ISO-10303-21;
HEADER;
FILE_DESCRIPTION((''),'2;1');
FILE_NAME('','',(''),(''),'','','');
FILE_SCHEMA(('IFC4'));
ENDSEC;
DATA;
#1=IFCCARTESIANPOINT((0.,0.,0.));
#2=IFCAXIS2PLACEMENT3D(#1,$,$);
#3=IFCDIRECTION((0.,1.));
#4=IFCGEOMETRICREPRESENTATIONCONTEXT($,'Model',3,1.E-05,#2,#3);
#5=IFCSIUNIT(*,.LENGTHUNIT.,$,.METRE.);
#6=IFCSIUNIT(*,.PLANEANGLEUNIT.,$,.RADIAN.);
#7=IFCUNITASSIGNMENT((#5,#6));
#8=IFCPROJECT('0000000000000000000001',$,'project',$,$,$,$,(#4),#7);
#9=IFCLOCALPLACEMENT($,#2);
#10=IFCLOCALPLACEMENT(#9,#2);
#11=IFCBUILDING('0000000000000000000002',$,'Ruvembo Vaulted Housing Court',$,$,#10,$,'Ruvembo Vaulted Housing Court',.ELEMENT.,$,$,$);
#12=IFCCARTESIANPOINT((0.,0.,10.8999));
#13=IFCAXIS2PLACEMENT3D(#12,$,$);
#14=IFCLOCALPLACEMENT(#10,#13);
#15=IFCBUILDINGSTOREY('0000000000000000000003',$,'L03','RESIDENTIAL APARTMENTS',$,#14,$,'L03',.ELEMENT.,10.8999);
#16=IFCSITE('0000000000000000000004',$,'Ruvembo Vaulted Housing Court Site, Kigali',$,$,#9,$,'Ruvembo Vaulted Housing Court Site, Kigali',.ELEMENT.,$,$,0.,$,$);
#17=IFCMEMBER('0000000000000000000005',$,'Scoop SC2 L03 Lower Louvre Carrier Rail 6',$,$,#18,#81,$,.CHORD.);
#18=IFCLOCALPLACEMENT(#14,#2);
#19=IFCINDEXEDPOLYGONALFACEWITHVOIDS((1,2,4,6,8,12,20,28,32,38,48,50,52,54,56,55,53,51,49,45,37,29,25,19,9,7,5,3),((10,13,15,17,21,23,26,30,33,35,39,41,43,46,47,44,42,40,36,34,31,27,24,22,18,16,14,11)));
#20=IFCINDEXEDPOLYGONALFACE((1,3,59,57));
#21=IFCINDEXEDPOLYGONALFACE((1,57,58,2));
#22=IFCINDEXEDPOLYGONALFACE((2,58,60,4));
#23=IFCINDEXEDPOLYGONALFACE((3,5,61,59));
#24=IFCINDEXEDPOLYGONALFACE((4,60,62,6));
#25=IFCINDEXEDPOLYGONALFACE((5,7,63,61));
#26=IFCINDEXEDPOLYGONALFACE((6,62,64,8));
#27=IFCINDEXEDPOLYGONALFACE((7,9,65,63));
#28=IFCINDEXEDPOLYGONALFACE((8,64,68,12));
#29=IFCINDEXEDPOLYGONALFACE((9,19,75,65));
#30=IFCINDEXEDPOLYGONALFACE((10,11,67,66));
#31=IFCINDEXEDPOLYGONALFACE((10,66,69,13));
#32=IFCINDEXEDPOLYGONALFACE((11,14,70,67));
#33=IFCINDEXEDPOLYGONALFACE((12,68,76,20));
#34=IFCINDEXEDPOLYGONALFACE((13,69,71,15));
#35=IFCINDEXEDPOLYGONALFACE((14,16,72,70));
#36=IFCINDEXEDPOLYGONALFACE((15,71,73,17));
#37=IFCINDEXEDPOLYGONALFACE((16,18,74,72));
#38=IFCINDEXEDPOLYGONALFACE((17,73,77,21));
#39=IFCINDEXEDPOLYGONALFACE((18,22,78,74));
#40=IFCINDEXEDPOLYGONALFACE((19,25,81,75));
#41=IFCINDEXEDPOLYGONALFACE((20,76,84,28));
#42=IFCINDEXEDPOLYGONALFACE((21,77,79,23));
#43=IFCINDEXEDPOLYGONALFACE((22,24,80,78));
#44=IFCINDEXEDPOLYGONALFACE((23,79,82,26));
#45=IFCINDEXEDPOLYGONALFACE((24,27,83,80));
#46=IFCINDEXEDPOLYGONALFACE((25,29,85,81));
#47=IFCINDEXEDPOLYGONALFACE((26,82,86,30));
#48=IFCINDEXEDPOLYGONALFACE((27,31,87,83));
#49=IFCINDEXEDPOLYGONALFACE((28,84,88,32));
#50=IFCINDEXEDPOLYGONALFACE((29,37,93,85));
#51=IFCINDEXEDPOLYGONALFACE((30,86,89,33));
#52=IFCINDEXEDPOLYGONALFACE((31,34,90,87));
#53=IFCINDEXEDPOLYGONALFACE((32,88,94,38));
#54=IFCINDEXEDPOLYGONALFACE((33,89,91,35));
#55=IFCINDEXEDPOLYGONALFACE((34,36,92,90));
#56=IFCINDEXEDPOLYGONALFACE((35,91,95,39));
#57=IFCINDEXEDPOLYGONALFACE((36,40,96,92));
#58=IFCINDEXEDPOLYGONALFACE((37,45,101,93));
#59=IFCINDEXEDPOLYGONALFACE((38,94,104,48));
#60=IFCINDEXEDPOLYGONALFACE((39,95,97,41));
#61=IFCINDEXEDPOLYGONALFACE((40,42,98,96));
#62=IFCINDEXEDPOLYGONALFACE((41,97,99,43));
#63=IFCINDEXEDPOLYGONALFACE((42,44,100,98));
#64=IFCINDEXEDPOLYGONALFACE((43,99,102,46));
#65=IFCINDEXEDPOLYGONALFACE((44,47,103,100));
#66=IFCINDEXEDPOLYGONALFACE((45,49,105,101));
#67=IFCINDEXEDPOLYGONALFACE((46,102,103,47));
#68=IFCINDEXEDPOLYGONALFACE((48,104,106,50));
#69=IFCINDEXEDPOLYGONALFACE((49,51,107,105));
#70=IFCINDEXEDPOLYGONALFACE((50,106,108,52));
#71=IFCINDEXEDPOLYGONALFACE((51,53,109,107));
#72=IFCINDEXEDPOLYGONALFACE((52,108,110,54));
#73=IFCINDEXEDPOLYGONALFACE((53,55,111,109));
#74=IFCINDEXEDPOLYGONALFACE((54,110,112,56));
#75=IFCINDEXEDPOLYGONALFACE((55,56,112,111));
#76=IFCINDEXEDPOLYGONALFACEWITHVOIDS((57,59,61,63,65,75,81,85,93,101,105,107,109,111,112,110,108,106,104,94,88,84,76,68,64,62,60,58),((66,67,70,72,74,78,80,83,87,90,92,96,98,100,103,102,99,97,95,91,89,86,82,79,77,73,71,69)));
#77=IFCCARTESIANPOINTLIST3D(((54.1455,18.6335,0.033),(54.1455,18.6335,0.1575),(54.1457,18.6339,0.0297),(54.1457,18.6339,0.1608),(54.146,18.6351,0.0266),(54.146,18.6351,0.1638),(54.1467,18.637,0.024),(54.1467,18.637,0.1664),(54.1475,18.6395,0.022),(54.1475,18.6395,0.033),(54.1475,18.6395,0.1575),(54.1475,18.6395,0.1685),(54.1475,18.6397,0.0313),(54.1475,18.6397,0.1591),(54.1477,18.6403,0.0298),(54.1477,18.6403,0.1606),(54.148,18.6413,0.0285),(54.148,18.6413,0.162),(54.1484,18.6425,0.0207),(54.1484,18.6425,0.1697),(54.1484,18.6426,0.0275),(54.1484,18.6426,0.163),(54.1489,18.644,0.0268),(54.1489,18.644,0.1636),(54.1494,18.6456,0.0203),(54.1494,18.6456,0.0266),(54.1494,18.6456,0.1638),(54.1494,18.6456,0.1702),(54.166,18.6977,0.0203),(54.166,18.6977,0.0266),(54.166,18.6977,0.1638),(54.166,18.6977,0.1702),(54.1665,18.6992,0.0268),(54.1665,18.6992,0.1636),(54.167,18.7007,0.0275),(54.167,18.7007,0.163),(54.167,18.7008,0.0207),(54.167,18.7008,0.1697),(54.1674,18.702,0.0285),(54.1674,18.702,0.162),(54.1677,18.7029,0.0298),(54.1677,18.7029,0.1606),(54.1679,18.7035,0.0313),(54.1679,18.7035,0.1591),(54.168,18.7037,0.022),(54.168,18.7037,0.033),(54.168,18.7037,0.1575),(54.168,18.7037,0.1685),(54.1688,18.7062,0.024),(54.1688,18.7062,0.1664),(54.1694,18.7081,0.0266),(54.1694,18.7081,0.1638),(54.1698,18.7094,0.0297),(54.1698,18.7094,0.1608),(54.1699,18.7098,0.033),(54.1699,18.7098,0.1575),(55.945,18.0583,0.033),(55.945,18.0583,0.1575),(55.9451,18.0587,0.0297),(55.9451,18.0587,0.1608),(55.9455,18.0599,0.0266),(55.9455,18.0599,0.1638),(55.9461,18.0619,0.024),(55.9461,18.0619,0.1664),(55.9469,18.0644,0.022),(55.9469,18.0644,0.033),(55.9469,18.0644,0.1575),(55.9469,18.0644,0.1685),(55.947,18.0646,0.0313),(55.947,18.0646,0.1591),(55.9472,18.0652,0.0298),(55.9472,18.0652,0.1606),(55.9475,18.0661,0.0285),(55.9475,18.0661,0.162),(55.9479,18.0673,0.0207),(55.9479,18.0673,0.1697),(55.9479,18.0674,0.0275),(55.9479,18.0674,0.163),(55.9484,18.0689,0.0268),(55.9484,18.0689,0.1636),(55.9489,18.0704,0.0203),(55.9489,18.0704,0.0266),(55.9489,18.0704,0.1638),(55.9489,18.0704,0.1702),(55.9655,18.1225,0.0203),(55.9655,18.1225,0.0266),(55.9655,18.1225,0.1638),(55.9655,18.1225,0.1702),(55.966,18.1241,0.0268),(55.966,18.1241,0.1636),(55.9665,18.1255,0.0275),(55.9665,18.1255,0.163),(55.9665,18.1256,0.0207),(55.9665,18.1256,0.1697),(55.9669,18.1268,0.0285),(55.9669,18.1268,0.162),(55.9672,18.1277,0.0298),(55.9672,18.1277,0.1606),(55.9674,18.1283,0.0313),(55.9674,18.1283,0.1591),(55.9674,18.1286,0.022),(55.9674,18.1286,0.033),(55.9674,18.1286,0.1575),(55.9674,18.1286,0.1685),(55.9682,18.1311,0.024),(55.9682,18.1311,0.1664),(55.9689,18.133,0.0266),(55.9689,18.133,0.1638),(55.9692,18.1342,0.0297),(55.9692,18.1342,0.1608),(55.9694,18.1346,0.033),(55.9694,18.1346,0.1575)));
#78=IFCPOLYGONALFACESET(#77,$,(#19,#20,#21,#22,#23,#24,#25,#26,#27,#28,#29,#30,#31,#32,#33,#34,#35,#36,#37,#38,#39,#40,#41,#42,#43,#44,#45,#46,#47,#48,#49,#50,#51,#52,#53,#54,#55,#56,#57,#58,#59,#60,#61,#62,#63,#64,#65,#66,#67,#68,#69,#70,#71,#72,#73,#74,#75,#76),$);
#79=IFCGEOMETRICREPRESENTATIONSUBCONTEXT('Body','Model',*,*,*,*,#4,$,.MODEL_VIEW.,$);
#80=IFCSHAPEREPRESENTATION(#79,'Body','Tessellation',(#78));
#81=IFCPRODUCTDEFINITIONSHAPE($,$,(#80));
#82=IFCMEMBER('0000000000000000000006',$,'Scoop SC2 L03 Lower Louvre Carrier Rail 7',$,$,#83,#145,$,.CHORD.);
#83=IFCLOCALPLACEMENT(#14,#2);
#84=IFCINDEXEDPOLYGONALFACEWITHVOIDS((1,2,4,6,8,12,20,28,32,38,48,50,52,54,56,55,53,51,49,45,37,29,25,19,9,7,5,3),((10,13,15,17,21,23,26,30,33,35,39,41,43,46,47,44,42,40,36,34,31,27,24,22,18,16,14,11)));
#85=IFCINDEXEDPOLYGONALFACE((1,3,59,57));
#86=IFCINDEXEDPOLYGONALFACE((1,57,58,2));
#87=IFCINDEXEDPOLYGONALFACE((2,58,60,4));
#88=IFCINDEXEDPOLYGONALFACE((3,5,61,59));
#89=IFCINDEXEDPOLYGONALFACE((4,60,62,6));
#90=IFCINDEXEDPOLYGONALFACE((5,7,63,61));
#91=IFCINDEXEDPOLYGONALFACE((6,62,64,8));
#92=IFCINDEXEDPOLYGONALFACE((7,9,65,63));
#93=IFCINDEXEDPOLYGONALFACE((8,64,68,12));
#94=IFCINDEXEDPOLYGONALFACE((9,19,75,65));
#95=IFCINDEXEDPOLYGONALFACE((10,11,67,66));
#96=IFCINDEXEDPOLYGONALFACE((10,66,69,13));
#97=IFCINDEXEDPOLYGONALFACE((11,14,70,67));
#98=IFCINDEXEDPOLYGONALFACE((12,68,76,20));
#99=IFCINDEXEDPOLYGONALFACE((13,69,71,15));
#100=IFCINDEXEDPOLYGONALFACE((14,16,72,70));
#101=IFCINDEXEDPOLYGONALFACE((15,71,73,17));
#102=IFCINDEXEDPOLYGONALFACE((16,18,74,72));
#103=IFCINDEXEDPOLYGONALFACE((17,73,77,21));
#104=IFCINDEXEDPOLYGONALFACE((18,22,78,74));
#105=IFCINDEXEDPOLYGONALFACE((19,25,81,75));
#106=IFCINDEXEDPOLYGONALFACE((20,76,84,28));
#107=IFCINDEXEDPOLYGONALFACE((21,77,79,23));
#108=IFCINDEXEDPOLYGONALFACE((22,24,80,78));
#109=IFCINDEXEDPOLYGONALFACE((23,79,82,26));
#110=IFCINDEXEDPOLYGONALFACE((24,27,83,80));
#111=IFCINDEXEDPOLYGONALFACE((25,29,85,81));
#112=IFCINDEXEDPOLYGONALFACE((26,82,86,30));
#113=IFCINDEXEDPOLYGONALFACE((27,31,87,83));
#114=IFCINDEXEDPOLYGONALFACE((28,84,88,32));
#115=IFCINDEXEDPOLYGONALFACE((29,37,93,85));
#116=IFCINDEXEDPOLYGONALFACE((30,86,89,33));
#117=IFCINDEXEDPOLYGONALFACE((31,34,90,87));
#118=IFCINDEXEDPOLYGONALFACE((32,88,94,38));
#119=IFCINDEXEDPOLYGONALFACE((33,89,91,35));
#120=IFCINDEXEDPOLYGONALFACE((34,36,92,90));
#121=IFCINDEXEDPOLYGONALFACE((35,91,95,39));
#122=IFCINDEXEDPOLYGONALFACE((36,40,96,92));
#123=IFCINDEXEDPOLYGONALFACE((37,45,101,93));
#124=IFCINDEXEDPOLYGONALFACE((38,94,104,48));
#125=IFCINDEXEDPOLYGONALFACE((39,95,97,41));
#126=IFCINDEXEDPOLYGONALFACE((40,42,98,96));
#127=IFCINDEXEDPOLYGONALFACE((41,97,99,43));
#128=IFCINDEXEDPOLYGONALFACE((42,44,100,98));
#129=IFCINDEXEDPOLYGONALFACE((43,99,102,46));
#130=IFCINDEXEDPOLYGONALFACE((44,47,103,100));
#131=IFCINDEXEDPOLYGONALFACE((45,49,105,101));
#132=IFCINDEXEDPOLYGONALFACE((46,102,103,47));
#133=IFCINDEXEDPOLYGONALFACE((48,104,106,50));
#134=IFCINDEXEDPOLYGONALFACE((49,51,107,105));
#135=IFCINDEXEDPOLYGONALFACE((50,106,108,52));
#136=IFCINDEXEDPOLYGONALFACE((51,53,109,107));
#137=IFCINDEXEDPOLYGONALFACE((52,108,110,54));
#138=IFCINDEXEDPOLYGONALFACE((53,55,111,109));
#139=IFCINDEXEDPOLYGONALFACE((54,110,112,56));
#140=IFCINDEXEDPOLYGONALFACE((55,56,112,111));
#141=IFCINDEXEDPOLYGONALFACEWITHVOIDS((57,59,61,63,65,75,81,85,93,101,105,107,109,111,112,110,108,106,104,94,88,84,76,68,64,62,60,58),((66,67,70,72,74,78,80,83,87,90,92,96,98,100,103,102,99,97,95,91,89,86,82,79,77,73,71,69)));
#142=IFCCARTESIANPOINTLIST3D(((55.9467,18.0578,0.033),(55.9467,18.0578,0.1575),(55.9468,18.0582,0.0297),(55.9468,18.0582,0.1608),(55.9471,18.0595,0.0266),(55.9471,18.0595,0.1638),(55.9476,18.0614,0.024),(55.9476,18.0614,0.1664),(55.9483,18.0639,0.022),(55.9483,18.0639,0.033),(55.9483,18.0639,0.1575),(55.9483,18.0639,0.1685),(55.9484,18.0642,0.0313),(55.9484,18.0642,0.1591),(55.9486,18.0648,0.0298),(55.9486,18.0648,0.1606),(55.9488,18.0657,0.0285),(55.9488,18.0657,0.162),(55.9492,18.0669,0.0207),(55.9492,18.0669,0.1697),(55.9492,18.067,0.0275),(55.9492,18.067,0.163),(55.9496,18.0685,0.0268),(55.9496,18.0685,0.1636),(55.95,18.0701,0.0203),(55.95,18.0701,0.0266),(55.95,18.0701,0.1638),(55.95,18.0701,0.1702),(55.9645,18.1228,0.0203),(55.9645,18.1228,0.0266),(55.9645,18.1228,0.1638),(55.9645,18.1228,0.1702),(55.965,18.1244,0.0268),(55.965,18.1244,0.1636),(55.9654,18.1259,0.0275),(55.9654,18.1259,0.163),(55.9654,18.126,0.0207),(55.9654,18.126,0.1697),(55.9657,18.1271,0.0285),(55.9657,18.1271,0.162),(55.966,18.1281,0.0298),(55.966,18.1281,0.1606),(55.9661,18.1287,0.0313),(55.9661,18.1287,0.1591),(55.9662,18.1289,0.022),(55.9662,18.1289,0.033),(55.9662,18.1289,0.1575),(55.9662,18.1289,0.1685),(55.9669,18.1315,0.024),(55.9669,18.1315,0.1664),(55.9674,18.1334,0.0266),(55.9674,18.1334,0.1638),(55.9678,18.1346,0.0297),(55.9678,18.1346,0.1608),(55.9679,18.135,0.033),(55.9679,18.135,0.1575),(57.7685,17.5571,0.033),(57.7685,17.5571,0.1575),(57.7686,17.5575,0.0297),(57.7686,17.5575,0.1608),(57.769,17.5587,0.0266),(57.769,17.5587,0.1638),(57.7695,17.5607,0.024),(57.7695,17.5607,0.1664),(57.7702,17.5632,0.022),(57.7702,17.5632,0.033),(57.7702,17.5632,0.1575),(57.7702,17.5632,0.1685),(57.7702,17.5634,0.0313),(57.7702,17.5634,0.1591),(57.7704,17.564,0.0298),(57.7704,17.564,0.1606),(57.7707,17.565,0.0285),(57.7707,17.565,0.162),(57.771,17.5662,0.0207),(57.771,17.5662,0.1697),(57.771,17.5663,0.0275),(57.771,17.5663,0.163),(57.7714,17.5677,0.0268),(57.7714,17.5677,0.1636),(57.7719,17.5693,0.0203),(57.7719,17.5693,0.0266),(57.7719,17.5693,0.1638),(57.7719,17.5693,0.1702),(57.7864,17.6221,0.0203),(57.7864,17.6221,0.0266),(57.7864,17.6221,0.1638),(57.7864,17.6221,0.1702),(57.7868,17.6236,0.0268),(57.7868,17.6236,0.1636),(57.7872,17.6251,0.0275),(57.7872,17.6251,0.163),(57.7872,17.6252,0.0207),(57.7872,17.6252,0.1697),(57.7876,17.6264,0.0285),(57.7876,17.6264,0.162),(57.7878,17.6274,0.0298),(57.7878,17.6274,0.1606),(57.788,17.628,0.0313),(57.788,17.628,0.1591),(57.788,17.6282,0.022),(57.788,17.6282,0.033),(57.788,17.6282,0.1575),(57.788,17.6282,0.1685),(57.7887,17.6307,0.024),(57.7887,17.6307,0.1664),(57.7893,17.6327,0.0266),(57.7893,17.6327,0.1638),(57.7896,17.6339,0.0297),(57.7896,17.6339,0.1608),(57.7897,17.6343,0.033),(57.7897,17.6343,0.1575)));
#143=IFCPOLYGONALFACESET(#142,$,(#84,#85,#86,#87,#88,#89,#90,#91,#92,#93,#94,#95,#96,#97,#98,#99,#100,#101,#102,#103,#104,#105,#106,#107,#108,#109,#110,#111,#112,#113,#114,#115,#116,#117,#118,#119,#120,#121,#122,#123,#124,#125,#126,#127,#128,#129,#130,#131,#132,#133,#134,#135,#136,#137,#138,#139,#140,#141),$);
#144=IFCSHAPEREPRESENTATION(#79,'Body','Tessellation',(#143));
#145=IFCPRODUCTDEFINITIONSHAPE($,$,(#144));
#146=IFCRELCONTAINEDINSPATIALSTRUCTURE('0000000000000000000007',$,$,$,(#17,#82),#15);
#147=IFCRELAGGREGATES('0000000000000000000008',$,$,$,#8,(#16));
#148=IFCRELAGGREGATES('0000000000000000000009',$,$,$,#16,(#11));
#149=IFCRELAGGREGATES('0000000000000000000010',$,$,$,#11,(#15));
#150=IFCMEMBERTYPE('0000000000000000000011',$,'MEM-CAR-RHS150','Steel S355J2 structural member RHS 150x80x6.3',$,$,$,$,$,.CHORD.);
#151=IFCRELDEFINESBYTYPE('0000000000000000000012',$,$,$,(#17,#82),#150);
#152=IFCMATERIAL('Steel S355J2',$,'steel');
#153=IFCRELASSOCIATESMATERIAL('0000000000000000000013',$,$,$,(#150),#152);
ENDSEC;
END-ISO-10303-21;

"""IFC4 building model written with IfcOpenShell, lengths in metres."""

from ifc_helpers import new_model, si_unit, direction, frame, origin, origin_2d, place, context, subcontext, project, spatial, hollow_rectangle, extrude, material, material_profile, profile_set, type_object, element, save


model = new_model("IFC4")

# Units and contexts
model_context = context("Model", 3, precision=1e-05, world=origin(), true_north=direction((0.0, 1.0)))
body_context = subcontext(model_context, "Body", "Model", "MODEL_VIEW")
ifc_project = project(units=[si_unit("LENGTHUNIT", "METRE"), si_unit("PLANEANGLEUNIT", "RADIAN")], contexts=[model_context])

# Site, building, storey
site_placement = place(None, origin())
site = spatial("IfcSite", under=ifc_project, at=site_placement, Name="Ruvembo Vaulted Housing Court Site, Kigali", LongName="Ruvembo Vaulted Housing Court Site, Kigali", CompositionType="ELEMENT", RefElevation=0.0)
building_placement = place(site_placement, origin())
building = spatial("IfcBuilding", under=site, at=building_placement, Name="Ruvembo Vaulted Housing Court", LongName="Ruvembo Vaulted Housing Court", CompositionType="ELEMENT")
storey_placement = place(building_placement, frame((0.0, 0.0, 10.8999)))
storey = spatial("IfcBuildingStorey", under=building, at=storey_placement, Name="L03", Description="RESIDENTIAL APARTMENTS", LongName="L03", CompositionType="ELEMENT", Elevation=10.8999)

# Shared definitions
ifc_material_1 = material(Name="Steel S355J2", Category="steel")

# Members
ifc_material_profile_1 = material_profile(ifc_material_1, hollow_rectangle(XDim=0.0801, YDim=0.1499, WallThickness=0.0063, InnerFilletRadius=0.0063, OuterFilletRadius=0.0127, at=origin_2d()), Name="RHS 150x80x6.3")
ifc_profile_set_1 = profile_set([ifc_material_profile_1], Name="Steel S355J2")
member_type_1 = type_object("IfcMemberType", Name="MEM-CAR-RHS150", Description="Steel S355J2 structural member RHS 150x80x6.3", PredefinedType="CHORD", material=ifc_profile_set_1)
member_1_placement = place(storey_placement, frame((54.1577, 18.6716, 0.0952), z_axis=(0.952526, -0.304457, 0.0), x_axis=(0.304457, 0.952526, 0.0)))
element("IfcMember", 1, at=member_1_placement, inside=storey, type_object=member_type_1, Name="Scoop SC2 L03 Lower Louvre Carrier Rail 6", PredefinedType="CHORD", context=body_context, shape_type="SweptSolid", body=[
    extrude(hollow_rectangle(XDim=0.0801, YDim=0.1499, WallThickness=0.0063, InnerFilletRadius=0.0063, OuterFilletRadius=0.0127, at=origin_2d()), origin(), (0.0, 0.0, 1.0), 1.8892),
])
member_2_placement = place(storey_placement, frame((55.9573, 18.0964, 0.0952), z_axis=(0.96424, -0.26503, 0.0), x_axis=(0.26503, 0.96424, 0.0)))
element("IfcMember", 2, at=member_2_placement, inside=storey, type_object=member_type_1, Name="Scoop SC2 L03 Lower Louvre Carrier Rail 7", PredefinedType="CHORD", context=body_context, shape_type="SweptSolid", body=[
    extrude(hollow_rectangle(XDim=0.0801, YDim=0.1499, WallThickness=0.0063, InnerFilletRadius=0.0063, OuterFilletRadius=0.0127, at=origin_2d()), origin(), (0.0, 0.0, 1.0), 1.8894),
])

save(model, "model.ifc")
